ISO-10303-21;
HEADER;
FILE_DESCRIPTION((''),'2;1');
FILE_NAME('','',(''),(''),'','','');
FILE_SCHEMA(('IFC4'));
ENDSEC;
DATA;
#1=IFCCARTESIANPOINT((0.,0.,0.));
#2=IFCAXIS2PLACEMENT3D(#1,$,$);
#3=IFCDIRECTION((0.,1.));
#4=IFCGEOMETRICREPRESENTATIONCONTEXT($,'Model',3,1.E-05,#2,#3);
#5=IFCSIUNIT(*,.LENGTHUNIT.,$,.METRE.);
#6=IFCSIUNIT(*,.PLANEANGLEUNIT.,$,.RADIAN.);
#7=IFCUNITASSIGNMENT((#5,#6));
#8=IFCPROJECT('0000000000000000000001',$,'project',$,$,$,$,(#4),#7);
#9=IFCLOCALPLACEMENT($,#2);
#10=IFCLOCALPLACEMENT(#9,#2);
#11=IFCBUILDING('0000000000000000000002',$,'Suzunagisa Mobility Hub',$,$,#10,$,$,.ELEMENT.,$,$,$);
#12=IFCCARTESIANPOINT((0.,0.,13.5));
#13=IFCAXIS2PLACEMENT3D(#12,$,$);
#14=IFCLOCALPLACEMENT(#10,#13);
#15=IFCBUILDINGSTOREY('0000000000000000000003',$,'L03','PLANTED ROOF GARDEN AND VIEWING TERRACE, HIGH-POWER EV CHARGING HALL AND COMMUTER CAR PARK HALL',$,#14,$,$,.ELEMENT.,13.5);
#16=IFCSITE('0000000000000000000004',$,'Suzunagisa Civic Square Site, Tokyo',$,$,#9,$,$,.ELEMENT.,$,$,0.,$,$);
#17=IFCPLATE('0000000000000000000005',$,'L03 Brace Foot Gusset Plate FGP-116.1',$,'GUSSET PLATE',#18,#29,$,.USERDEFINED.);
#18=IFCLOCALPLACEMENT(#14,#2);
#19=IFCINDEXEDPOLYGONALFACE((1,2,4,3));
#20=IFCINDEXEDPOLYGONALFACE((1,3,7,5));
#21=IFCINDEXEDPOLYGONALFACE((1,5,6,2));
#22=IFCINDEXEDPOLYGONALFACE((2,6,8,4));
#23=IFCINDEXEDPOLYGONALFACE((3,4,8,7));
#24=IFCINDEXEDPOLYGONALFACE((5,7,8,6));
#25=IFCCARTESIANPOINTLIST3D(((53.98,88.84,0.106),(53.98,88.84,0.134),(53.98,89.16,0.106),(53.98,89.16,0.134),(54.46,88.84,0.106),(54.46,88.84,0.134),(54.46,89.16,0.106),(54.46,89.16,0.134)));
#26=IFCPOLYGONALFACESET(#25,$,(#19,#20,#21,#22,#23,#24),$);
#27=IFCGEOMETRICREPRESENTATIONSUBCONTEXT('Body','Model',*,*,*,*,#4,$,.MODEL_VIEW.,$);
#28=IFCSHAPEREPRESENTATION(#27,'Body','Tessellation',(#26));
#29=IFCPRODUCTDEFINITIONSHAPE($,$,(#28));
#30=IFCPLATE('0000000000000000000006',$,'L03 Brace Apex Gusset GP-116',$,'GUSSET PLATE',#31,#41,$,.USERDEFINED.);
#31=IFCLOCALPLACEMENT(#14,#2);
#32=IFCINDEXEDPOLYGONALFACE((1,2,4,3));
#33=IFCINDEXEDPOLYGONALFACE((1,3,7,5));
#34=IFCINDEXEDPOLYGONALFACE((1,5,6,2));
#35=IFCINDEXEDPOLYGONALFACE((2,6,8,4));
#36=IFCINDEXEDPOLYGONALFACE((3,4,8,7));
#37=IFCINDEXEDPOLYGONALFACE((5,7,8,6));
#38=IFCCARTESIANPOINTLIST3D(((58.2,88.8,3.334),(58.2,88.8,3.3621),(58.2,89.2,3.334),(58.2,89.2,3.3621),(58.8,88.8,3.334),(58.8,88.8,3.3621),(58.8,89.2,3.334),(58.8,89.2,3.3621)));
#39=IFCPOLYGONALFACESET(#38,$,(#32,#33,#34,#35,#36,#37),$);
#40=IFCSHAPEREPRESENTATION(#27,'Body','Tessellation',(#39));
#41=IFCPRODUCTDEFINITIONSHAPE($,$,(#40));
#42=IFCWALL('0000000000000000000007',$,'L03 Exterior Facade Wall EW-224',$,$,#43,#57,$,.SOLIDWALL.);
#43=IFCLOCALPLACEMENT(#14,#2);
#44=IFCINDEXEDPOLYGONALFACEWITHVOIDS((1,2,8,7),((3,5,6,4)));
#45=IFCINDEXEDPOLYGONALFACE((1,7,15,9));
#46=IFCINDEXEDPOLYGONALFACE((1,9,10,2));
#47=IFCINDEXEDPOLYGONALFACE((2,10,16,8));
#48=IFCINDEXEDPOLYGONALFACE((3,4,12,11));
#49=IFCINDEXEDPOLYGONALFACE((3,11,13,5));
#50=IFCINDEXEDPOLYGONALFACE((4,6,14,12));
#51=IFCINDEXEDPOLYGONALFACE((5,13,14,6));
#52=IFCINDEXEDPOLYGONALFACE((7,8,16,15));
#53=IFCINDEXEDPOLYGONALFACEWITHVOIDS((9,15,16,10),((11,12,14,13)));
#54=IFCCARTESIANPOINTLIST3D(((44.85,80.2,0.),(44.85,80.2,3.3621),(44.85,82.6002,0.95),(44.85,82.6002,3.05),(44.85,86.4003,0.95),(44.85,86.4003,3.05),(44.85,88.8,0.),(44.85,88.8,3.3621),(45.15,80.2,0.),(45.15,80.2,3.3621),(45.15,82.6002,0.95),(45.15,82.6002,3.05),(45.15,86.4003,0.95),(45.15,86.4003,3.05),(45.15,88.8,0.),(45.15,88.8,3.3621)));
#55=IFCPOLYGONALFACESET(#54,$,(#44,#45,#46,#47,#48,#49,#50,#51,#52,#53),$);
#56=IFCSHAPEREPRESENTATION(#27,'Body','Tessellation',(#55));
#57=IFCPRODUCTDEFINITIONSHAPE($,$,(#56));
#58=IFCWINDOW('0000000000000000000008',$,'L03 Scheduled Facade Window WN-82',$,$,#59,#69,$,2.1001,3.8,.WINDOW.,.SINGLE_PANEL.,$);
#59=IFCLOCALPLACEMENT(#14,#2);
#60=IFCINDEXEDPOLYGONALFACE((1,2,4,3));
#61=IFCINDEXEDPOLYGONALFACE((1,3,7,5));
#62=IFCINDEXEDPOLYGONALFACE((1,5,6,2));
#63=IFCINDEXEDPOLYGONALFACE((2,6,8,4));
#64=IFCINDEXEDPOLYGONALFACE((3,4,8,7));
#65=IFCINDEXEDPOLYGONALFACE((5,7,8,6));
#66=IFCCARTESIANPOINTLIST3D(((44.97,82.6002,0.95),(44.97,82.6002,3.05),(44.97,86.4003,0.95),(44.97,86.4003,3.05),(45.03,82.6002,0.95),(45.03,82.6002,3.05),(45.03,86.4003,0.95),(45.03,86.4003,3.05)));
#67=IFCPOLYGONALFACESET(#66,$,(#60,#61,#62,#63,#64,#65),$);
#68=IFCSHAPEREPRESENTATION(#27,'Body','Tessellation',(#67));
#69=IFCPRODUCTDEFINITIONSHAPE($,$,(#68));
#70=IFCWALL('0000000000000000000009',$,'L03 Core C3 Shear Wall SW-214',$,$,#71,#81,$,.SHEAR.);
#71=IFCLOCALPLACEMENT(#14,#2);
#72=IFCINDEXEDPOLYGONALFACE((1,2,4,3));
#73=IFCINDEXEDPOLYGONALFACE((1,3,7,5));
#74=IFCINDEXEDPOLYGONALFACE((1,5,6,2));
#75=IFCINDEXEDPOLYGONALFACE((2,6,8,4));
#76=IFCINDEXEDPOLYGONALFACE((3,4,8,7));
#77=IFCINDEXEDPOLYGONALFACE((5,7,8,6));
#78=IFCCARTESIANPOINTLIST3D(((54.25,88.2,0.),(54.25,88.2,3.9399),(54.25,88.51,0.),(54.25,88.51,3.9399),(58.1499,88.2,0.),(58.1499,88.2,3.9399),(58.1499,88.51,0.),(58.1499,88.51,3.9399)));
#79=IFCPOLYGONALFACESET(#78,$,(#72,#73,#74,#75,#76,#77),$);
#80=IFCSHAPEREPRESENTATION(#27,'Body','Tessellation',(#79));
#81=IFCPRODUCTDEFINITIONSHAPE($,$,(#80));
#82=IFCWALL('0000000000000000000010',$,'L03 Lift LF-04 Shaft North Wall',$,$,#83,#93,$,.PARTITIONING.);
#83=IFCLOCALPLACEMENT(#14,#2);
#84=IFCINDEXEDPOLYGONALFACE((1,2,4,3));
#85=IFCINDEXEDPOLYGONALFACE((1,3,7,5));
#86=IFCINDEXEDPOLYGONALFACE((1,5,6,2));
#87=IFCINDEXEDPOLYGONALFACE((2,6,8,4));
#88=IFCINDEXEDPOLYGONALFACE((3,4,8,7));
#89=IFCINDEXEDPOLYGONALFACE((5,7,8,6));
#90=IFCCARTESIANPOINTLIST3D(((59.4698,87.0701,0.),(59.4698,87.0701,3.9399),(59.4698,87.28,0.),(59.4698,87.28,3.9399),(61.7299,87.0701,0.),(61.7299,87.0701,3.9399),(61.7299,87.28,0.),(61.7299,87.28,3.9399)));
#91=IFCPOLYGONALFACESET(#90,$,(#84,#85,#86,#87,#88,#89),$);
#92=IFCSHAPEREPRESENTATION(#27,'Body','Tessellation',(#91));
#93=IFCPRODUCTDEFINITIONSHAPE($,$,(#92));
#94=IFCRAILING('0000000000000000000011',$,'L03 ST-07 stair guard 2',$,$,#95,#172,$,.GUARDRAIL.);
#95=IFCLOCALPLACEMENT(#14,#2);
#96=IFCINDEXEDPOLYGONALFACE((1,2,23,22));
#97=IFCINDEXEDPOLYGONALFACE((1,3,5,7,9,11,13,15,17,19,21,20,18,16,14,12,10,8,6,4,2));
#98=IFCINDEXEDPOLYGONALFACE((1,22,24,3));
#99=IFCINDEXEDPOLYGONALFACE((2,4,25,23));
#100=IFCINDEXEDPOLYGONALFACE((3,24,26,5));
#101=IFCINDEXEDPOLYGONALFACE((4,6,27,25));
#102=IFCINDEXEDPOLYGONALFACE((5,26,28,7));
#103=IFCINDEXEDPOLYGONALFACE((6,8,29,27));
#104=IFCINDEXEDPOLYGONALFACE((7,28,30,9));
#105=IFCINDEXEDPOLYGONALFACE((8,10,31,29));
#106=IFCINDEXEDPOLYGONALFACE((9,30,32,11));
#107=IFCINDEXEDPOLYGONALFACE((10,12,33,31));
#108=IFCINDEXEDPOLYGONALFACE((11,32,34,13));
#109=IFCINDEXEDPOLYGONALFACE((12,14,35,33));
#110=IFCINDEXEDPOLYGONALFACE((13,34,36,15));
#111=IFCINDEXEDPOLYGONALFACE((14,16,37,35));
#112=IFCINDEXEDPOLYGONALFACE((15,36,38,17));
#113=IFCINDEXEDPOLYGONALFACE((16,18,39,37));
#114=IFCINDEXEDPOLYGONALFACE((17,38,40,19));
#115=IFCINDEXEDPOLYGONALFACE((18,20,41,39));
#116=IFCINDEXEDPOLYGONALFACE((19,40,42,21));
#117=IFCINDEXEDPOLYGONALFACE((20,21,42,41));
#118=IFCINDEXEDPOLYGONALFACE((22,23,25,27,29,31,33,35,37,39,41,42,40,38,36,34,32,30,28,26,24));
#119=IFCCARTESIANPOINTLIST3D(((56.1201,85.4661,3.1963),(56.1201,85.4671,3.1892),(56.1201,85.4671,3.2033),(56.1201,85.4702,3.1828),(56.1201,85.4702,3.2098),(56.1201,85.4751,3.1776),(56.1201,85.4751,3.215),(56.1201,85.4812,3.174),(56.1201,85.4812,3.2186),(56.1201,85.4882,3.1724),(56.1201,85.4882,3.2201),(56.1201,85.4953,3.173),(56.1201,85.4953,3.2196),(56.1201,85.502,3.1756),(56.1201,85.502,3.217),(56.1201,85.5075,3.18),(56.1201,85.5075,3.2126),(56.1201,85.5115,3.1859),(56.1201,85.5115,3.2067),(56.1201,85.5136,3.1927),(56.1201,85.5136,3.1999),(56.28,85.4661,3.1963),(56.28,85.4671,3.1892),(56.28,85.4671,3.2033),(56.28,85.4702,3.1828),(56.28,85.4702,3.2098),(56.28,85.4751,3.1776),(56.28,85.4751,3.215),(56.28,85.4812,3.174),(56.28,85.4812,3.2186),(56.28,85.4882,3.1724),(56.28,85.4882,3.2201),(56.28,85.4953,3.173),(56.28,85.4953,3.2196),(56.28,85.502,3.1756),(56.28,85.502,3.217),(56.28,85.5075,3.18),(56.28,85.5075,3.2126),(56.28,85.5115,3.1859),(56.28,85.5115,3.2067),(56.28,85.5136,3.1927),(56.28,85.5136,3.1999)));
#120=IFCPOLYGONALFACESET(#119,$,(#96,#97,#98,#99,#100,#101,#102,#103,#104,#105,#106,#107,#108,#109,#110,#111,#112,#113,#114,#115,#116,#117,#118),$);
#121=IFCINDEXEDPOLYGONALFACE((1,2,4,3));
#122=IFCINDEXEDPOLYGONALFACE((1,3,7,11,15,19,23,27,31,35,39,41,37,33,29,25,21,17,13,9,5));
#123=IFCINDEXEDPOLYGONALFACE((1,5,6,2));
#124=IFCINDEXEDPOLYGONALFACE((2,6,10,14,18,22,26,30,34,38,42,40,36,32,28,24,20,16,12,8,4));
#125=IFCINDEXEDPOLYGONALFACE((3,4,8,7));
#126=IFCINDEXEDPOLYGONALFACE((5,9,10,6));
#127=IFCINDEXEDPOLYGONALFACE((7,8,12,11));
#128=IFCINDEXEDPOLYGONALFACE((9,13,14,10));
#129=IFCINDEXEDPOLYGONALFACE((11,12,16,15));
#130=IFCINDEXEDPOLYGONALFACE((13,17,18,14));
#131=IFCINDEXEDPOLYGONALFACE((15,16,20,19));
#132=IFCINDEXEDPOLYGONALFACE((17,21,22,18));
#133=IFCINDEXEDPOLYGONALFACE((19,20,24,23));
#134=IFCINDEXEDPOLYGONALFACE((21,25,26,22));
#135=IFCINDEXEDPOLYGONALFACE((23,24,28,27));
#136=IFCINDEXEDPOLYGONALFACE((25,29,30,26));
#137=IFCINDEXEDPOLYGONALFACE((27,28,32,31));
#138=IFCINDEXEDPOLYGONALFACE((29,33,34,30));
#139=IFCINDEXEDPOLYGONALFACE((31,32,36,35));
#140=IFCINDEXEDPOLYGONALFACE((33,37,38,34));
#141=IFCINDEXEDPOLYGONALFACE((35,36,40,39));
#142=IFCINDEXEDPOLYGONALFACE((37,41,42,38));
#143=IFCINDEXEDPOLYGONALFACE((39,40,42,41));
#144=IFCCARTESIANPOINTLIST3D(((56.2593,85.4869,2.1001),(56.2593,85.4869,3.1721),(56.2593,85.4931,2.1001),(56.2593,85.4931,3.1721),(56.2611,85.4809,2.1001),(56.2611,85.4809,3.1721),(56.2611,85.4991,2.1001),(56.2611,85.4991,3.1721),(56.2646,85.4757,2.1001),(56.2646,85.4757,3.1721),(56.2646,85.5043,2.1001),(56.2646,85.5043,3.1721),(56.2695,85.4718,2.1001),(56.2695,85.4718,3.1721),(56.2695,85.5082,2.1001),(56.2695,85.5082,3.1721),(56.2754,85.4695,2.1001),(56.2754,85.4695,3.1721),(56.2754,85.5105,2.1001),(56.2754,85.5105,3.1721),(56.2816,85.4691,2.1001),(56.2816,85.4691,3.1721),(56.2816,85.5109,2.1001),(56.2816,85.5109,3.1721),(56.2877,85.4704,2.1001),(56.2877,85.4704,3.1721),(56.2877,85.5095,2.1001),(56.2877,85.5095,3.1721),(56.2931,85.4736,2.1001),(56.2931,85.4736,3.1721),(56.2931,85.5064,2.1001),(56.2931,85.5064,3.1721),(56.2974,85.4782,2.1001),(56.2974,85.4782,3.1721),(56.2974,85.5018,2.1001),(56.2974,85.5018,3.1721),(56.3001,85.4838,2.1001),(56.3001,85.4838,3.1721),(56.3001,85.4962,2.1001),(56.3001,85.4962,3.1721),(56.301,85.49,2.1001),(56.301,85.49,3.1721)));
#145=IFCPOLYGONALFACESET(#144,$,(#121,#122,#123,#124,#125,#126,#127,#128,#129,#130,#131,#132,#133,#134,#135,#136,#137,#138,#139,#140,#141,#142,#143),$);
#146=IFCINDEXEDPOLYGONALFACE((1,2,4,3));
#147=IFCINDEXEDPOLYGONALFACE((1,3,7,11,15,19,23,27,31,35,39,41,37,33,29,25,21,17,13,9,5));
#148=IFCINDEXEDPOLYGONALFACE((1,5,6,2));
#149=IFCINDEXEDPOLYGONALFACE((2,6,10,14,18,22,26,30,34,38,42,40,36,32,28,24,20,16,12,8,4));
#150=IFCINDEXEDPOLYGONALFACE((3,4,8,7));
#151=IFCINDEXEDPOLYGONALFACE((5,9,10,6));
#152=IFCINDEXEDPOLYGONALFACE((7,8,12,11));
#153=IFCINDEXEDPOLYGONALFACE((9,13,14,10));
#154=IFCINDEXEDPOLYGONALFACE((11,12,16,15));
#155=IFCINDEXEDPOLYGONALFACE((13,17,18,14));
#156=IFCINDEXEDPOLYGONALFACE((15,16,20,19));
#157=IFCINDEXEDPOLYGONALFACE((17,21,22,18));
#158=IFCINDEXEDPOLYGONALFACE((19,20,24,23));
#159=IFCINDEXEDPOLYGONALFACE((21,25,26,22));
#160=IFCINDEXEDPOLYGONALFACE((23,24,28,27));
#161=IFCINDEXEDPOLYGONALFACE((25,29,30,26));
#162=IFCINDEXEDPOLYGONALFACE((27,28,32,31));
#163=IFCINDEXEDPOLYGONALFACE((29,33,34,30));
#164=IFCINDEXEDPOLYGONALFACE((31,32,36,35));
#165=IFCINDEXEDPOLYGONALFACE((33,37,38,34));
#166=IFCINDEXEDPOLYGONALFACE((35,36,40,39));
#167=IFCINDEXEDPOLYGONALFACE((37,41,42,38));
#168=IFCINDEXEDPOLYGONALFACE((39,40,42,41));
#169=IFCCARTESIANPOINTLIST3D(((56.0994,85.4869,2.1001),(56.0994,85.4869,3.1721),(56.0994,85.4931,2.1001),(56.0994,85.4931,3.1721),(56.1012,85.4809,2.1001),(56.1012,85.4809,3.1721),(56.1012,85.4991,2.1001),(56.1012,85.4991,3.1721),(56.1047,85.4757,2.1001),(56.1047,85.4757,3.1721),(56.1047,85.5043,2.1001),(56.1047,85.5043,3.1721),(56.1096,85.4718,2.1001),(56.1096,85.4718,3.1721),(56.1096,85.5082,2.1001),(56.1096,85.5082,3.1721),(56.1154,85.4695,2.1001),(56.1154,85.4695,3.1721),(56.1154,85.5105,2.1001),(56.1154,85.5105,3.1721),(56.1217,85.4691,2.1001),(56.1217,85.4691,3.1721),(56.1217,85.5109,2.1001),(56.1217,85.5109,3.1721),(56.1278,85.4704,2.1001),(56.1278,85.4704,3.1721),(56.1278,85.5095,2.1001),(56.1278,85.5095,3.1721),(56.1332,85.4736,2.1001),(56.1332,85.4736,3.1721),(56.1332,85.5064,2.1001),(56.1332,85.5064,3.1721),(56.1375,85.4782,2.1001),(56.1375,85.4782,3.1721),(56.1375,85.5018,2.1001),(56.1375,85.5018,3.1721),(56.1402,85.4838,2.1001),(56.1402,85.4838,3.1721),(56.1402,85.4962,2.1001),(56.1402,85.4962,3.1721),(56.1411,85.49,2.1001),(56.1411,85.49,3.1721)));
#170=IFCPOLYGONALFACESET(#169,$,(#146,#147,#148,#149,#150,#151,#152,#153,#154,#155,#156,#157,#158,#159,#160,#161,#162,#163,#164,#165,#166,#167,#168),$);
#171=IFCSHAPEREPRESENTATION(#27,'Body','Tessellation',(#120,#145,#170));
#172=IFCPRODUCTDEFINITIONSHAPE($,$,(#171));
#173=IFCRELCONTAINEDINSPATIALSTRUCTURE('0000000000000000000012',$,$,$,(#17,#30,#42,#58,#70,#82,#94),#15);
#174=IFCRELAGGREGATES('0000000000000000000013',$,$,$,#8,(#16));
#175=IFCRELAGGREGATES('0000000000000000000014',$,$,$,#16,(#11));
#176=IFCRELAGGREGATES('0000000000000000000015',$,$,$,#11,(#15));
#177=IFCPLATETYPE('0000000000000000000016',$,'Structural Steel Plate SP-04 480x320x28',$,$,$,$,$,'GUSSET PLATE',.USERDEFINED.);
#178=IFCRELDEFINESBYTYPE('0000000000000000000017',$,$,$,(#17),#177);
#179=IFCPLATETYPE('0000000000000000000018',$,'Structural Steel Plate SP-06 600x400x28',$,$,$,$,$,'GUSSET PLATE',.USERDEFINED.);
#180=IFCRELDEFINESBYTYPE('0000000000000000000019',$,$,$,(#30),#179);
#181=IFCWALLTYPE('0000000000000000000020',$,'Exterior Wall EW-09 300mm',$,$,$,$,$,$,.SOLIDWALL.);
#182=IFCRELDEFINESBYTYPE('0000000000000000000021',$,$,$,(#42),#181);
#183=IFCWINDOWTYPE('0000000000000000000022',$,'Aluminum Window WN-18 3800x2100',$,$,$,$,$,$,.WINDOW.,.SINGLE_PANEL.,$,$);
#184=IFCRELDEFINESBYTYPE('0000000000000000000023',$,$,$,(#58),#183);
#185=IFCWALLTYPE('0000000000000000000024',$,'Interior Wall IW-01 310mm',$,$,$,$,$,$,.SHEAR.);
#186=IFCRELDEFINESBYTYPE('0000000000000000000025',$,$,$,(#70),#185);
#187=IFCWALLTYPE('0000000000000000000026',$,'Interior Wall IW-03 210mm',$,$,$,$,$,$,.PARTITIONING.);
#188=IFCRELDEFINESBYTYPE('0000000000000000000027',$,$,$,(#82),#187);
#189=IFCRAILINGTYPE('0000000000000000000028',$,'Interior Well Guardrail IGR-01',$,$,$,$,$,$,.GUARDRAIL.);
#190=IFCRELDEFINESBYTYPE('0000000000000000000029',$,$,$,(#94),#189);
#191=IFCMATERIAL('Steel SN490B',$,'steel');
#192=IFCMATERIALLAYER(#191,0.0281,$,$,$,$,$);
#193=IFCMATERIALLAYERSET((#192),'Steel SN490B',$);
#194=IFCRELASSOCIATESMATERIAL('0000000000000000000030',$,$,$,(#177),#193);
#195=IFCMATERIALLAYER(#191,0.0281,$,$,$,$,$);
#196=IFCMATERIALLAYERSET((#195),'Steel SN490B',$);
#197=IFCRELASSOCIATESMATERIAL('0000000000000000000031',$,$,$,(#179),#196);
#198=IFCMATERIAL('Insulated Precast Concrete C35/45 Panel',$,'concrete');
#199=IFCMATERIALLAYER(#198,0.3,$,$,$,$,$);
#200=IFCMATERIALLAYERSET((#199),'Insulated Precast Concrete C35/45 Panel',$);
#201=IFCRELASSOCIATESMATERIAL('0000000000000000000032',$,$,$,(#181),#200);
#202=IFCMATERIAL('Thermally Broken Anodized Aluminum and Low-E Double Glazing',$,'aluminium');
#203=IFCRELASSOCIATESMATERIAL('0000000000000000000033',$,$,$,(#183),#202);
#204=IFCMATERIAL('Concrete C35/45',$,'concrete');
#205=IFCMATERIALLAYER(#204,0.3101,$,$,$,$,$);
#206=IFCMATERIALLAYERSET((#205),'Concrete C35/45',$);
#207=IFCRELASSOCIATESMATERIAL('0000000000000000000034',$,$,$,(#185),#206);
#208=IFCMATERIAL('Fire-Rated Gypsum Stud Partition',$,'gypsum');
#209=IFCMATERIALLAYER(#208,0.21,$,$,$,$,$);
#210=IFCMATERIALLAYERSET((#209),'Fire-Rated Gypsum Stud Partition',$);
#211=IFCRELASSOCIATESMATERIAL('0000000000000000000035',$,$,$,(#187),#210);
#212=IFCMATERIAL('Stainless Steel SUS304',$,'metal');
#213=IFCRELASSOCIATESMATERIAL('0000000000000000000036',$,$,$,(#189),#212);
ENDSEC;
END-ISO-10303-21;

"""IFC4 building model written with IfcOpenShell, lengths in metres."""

from ifc_helpers import new_model, si_unit, direction, frame, frame_2d, origin, origin_2d, place, context, subcontext, project, spatial, rectangle, circle, extrude, material, layer, layer_set, type_object, element, fill, save


model = new_model("IFC4")

# Units and contexts
model_context = context("Model", 3, precision=1e-05, world=origin(), true_north=direction((0.0, 1.0)))
body_context = subcontext(model_context, "Body", "Model", "MODEL_VIEW")
ifc_project = project(units=[si_unit("LENGTHUNIT", "METRE"), si_unit("PLANEANGLEUNIT", "RADIAN")], contexts=[model_context])

# Site, building, storey
site_placement = place(None, origin())
site = spatial("IfcSite", under=ifc_project, at=site_placement, Name="Suzunagisa Civic Square Site, Tokyo", CompositionType="ELEMENT", RefElevation=0.0)
building_placement = place(site_placement, origin())
building = spatial("IfcBuilding", under=site, at=building_placement, Name="Suzunagisa Mobility Hub", CompositionType="ELEMENT")
storey_placement = place(building_placement, frame((0.0, 0.0, 13.5)))
storey = spatial("IfcBuildingStorey", under=building, at=storey_placement, Name="L03", Description="PLANTED ROOF GARDEN AND VIEWING TERRACE, HIGH-POWER EV CHARGING HALL AND COMMUTER CAR PARK HALL", CompositionType="ELEMENT", Elevation=13.5)

# Shared definitions
ifc_material_1 = material(Name="Steel SN490B", Category="steel")

# Plates
ifc_layer_1 = layer(ifc_material_1, 0.0281)
ifc_layer_set_1 = layer_set([ifc_layer_1], Name="Steel SN490B")
plate_type_1 = type_object("IfcPlateType", Name="Structural Steel Plate SP-04 480x320x28", ElementType="GUSSET PLATE", PredefinedType="USERDEFINED", material=ifc_layer_set_1)
plate_1_placement = place(storey_placement, frame((54.22, 89.0, 0.106), z_axis=(0.0, 0.0, 1.0), x_axis=(1.0, 0.0, 0.0)))
element("IfcPlate", 1, at=plate_1_placement, inside=storey, type_object=plate_type_1, Name="L03 Brace Foot Gusset Plate FGP-116.1", ObjectType="GUSSET PLATE", PredefinedType="USERDEFINED", context=body_context, shape_type="SweptSolid", body=[
    extrude(rectangle(XDim=0.48, YDim=0.3201, at=origin_2d()), origin(), (0.0, 0.0, 1.0), 0.0281),
])
ifc_layer_2 = layer(ifc_material_1, 0.0281)
ifc_layer_set_2 = layer_set([ifc_layer_2], Name="Steel SN490B")
plate_type_2 = type_object("IfcPlateType", Name="Structural Steel Plate SP-06 600x400x28", ElementType="GUSSET PLATE", PredefinedType="USERDEFINED", material=ifc_layer_set_2)
plate_2_placement = place(storey_placement, frame((58.5, 89.0, 3.334), z_axis=(0.0, 0.0, 1.0), x_axis=(1.0, 0.0, 0.0)))
element("IfcPlate", 2, at=plate_2_placement, inside=storey, type_object=plate_type_2, Name="L03 Brace Apex Gusset GP-116", ObjectType="GUSSET PLATE", PredefinedType="USERDEFINED", context=body_context, shape_type="SweptSolid", body=[
    extrude(rectangle(XDim=0.6001, YDim=0.3999, at=origin_2d()), origin(), (0.0, 0.0, 1.0), 0.0281),
])

# Wall, opening, window
ifc_material_2 = material(Name="Insulated Precast Concrete C35/45 Panel", Category="concrete")
ifc_layer_3 = layer(ifc_material_2, 0.3)
ifc_layer_set_3 = layer_set([ifc_layer_3], Name="Insulated Precast Concrete C35/45 Panel")
wall_type_1 = type_object("IfcWallType", Name="Exterior Wall EW-09 300mm", PredefinedType="SOLIDWALL", material=ifc_layer_set_3)
wall_1_placement = place(storey_placement, frame((45.0, 88.8, 0.0), z_axis=(0.0, 0.0, 1.0), x_axis=(0.0, -1.0, 0.0)))
wall_1 = element("IfcWall", 3, at=wall_1_placement, inside=storey, type_object=wall_type_1, Name="L03 Exterior Facade Wall EW-224", PredefinedType="SOLIDWALL", context=body_context, shape_type="SweptSolid", body=[
    extrude(rectangle(XDim=8.6001, YDim=0.3, at=frame_2d((4.3, 0.0))), origin(), (0.0, 0.0, 1.0), 3.3621),
])
opening_placement = place(wall_1_placement, frame((2.3999, 0.0, 0.95)))
opening = element("IfcOpeningElement", 4, at=opening_placement, cuts=wall_1, PredefinedType="OPENING", context=body_context, shape_type="SweptSolid", body=[
    extrude(rectangle(XDim=3.8, YDim=2.1001, at=frame_2d((1.8999, 1.05))), frame((0.0, 0.1611, 0.0), z_axis=(0.0, -1.0, 0.0), x_axis=(1.0, 0.0, 0.0)), (0.0, 0.0, 1.0), 0.322),
])
ifc_material_3 = material(Name="Thermally Broken Anodized Aluminum and Low-E Double Glazing", Category="aluminium")
window_type = type_object("IfcWindowType", Name="Aluminum Window WN-18 3800x2100", PartitioningType="SINGLE_PANEL", PredefinedType="WINDOW", material=ifc_material_3)
window_placement = place(opening_placement, origin())
window = element("IfcWindow", 5, at=window_placement, inside=storey, type_object=window_type, Name="L03 Scheduled Facade Window WN-82", OverallHeight=2.1001, OverallWidth=3.8, PartitioningType="SINGLE_PANEL", PredefinedType="WINDOW", context=body_context, shape_type="SweptSolid", body=[
    extrude(rectangle(XDim=3.8, YDim=2.1001, at=frame_2d((1.8999, 1.05))), frame((0.0, 0.03, 0.0), z_axis=(0.0, -1.0, 0.0), x_axis=(1.0, 0.0, 0.0)), (0.0, 0.0, 1.0), 0.0601),
])
fill(opening, window)

# Walls
ifc_material_4 = material(Name="Concrete C35/45", Category="concrete")
ifc_layer_4 = layer(ifc_material_4, 0.3101)
ifc_layer_set_4 = layer_set([ifc_layer_4], Name="Concrete C35/45")
wall_type_2 = type_object("IfcWallType", Name="Interior Wall IW-01 310mm", PredefinedType="SHEAR", material=ifc_layer_set_4)
wall_2_placement = place(storey_placement, frame((54.25, 88.355, 0.0), z_axis=(0.0, 0.0, 1.0), x_axis=(1.0, 0.0, 0.0)))
element("IfcWall", 6, at=wall_2_placement, inside=storey, type_object=wall_type_2, Name="L03 Core C3 Shear Wall SW-214", PredefinedType="SHEAR", context=body_context, shape_type="SweptSolid", body=[
    extrude(rectangle(XDim=3.8999, YDim=0.3101, at=frame_2d((1.95, 0.0))), origin(), (0.0, 0.0, 1.0), 3.9399),
])
ifc_material_5 = material(Name="Fire-Rated Gypsum Stud Partition", Category="gypsum")
ifc_layer_5 = layer(ifc_material_5, 0.21)
ifc_layer_set_5 = layer_set([ifc_layer_5], Name="Fire-Rated Gypsum Stud Partition")
wall_type_3 = type_object("IfcWallType", Name="Interior Wall IW-03 210mm", PredefinedType="PARTITIONING", material=ifc_layer_set_5)
wall_3_placement = place(storey_placement, frame((59.47, 87.175, 0.0), z_axis=(0.0, 0.0, 1.0), x_axis=(1.0, 0.0, 0.0)))
element("IfcWall", 7, at=wall_3_placement, inside=storey, type_object=wall_type_3, Name="L03 Lift LF-04 Shaft North Wall", PredefinedType="PARTITIONING", context=body_context, shape_type="SweptSolid", body=[
    extrude(rectangle(XDim=2.26, YDim=0.21, at=frame_2d((1.1299, 0.0))), origin(), (0.0, 0.0, 1.0), 3.9399),
])

# Railing
ifc_material_6 = material(Name="Stainless Steel SUS304", Category="metal")
railing_type_1 = type_object("IfcRailingType", Name="Interior Well Guardrail IGR-01", PredefinedType="GUARDRAIL", material=ifc_material_6)
railing_1_placement = place(storey_placement, frame((56.28, 85.49, 2.1001)))
element("IfcRailing", 8, at=railing_1_placement, inside=storey, type_object=railing_type_1, Name="L03 ST-07 stair guard 2", PredefinedType="GUARDRAIL", context=body_context, shape_type="SweptSolid", body=[
    extrude(circle(Radius=0.0239, at=origin_2d()), frame((0.0, 0.0, 1.0962), z_axis=(-1.0, 0.0, 0.0), x_axis=(0.0, -1.0, 0.0)), (0.0, 0.0, 1.0), 0.1599),
    extrude(circle(Radius=0.021, at=origin_2d()), origin(), (0.0, 0.0, 1.0), 1.072),
    extrude(circle(Radius=0.021, at=origin_2d()), frame((-0.1599, 0.0, 0.0)), (0.0, 0.0, 1.0), 1.072),
])

save(model, "model.ifc")
